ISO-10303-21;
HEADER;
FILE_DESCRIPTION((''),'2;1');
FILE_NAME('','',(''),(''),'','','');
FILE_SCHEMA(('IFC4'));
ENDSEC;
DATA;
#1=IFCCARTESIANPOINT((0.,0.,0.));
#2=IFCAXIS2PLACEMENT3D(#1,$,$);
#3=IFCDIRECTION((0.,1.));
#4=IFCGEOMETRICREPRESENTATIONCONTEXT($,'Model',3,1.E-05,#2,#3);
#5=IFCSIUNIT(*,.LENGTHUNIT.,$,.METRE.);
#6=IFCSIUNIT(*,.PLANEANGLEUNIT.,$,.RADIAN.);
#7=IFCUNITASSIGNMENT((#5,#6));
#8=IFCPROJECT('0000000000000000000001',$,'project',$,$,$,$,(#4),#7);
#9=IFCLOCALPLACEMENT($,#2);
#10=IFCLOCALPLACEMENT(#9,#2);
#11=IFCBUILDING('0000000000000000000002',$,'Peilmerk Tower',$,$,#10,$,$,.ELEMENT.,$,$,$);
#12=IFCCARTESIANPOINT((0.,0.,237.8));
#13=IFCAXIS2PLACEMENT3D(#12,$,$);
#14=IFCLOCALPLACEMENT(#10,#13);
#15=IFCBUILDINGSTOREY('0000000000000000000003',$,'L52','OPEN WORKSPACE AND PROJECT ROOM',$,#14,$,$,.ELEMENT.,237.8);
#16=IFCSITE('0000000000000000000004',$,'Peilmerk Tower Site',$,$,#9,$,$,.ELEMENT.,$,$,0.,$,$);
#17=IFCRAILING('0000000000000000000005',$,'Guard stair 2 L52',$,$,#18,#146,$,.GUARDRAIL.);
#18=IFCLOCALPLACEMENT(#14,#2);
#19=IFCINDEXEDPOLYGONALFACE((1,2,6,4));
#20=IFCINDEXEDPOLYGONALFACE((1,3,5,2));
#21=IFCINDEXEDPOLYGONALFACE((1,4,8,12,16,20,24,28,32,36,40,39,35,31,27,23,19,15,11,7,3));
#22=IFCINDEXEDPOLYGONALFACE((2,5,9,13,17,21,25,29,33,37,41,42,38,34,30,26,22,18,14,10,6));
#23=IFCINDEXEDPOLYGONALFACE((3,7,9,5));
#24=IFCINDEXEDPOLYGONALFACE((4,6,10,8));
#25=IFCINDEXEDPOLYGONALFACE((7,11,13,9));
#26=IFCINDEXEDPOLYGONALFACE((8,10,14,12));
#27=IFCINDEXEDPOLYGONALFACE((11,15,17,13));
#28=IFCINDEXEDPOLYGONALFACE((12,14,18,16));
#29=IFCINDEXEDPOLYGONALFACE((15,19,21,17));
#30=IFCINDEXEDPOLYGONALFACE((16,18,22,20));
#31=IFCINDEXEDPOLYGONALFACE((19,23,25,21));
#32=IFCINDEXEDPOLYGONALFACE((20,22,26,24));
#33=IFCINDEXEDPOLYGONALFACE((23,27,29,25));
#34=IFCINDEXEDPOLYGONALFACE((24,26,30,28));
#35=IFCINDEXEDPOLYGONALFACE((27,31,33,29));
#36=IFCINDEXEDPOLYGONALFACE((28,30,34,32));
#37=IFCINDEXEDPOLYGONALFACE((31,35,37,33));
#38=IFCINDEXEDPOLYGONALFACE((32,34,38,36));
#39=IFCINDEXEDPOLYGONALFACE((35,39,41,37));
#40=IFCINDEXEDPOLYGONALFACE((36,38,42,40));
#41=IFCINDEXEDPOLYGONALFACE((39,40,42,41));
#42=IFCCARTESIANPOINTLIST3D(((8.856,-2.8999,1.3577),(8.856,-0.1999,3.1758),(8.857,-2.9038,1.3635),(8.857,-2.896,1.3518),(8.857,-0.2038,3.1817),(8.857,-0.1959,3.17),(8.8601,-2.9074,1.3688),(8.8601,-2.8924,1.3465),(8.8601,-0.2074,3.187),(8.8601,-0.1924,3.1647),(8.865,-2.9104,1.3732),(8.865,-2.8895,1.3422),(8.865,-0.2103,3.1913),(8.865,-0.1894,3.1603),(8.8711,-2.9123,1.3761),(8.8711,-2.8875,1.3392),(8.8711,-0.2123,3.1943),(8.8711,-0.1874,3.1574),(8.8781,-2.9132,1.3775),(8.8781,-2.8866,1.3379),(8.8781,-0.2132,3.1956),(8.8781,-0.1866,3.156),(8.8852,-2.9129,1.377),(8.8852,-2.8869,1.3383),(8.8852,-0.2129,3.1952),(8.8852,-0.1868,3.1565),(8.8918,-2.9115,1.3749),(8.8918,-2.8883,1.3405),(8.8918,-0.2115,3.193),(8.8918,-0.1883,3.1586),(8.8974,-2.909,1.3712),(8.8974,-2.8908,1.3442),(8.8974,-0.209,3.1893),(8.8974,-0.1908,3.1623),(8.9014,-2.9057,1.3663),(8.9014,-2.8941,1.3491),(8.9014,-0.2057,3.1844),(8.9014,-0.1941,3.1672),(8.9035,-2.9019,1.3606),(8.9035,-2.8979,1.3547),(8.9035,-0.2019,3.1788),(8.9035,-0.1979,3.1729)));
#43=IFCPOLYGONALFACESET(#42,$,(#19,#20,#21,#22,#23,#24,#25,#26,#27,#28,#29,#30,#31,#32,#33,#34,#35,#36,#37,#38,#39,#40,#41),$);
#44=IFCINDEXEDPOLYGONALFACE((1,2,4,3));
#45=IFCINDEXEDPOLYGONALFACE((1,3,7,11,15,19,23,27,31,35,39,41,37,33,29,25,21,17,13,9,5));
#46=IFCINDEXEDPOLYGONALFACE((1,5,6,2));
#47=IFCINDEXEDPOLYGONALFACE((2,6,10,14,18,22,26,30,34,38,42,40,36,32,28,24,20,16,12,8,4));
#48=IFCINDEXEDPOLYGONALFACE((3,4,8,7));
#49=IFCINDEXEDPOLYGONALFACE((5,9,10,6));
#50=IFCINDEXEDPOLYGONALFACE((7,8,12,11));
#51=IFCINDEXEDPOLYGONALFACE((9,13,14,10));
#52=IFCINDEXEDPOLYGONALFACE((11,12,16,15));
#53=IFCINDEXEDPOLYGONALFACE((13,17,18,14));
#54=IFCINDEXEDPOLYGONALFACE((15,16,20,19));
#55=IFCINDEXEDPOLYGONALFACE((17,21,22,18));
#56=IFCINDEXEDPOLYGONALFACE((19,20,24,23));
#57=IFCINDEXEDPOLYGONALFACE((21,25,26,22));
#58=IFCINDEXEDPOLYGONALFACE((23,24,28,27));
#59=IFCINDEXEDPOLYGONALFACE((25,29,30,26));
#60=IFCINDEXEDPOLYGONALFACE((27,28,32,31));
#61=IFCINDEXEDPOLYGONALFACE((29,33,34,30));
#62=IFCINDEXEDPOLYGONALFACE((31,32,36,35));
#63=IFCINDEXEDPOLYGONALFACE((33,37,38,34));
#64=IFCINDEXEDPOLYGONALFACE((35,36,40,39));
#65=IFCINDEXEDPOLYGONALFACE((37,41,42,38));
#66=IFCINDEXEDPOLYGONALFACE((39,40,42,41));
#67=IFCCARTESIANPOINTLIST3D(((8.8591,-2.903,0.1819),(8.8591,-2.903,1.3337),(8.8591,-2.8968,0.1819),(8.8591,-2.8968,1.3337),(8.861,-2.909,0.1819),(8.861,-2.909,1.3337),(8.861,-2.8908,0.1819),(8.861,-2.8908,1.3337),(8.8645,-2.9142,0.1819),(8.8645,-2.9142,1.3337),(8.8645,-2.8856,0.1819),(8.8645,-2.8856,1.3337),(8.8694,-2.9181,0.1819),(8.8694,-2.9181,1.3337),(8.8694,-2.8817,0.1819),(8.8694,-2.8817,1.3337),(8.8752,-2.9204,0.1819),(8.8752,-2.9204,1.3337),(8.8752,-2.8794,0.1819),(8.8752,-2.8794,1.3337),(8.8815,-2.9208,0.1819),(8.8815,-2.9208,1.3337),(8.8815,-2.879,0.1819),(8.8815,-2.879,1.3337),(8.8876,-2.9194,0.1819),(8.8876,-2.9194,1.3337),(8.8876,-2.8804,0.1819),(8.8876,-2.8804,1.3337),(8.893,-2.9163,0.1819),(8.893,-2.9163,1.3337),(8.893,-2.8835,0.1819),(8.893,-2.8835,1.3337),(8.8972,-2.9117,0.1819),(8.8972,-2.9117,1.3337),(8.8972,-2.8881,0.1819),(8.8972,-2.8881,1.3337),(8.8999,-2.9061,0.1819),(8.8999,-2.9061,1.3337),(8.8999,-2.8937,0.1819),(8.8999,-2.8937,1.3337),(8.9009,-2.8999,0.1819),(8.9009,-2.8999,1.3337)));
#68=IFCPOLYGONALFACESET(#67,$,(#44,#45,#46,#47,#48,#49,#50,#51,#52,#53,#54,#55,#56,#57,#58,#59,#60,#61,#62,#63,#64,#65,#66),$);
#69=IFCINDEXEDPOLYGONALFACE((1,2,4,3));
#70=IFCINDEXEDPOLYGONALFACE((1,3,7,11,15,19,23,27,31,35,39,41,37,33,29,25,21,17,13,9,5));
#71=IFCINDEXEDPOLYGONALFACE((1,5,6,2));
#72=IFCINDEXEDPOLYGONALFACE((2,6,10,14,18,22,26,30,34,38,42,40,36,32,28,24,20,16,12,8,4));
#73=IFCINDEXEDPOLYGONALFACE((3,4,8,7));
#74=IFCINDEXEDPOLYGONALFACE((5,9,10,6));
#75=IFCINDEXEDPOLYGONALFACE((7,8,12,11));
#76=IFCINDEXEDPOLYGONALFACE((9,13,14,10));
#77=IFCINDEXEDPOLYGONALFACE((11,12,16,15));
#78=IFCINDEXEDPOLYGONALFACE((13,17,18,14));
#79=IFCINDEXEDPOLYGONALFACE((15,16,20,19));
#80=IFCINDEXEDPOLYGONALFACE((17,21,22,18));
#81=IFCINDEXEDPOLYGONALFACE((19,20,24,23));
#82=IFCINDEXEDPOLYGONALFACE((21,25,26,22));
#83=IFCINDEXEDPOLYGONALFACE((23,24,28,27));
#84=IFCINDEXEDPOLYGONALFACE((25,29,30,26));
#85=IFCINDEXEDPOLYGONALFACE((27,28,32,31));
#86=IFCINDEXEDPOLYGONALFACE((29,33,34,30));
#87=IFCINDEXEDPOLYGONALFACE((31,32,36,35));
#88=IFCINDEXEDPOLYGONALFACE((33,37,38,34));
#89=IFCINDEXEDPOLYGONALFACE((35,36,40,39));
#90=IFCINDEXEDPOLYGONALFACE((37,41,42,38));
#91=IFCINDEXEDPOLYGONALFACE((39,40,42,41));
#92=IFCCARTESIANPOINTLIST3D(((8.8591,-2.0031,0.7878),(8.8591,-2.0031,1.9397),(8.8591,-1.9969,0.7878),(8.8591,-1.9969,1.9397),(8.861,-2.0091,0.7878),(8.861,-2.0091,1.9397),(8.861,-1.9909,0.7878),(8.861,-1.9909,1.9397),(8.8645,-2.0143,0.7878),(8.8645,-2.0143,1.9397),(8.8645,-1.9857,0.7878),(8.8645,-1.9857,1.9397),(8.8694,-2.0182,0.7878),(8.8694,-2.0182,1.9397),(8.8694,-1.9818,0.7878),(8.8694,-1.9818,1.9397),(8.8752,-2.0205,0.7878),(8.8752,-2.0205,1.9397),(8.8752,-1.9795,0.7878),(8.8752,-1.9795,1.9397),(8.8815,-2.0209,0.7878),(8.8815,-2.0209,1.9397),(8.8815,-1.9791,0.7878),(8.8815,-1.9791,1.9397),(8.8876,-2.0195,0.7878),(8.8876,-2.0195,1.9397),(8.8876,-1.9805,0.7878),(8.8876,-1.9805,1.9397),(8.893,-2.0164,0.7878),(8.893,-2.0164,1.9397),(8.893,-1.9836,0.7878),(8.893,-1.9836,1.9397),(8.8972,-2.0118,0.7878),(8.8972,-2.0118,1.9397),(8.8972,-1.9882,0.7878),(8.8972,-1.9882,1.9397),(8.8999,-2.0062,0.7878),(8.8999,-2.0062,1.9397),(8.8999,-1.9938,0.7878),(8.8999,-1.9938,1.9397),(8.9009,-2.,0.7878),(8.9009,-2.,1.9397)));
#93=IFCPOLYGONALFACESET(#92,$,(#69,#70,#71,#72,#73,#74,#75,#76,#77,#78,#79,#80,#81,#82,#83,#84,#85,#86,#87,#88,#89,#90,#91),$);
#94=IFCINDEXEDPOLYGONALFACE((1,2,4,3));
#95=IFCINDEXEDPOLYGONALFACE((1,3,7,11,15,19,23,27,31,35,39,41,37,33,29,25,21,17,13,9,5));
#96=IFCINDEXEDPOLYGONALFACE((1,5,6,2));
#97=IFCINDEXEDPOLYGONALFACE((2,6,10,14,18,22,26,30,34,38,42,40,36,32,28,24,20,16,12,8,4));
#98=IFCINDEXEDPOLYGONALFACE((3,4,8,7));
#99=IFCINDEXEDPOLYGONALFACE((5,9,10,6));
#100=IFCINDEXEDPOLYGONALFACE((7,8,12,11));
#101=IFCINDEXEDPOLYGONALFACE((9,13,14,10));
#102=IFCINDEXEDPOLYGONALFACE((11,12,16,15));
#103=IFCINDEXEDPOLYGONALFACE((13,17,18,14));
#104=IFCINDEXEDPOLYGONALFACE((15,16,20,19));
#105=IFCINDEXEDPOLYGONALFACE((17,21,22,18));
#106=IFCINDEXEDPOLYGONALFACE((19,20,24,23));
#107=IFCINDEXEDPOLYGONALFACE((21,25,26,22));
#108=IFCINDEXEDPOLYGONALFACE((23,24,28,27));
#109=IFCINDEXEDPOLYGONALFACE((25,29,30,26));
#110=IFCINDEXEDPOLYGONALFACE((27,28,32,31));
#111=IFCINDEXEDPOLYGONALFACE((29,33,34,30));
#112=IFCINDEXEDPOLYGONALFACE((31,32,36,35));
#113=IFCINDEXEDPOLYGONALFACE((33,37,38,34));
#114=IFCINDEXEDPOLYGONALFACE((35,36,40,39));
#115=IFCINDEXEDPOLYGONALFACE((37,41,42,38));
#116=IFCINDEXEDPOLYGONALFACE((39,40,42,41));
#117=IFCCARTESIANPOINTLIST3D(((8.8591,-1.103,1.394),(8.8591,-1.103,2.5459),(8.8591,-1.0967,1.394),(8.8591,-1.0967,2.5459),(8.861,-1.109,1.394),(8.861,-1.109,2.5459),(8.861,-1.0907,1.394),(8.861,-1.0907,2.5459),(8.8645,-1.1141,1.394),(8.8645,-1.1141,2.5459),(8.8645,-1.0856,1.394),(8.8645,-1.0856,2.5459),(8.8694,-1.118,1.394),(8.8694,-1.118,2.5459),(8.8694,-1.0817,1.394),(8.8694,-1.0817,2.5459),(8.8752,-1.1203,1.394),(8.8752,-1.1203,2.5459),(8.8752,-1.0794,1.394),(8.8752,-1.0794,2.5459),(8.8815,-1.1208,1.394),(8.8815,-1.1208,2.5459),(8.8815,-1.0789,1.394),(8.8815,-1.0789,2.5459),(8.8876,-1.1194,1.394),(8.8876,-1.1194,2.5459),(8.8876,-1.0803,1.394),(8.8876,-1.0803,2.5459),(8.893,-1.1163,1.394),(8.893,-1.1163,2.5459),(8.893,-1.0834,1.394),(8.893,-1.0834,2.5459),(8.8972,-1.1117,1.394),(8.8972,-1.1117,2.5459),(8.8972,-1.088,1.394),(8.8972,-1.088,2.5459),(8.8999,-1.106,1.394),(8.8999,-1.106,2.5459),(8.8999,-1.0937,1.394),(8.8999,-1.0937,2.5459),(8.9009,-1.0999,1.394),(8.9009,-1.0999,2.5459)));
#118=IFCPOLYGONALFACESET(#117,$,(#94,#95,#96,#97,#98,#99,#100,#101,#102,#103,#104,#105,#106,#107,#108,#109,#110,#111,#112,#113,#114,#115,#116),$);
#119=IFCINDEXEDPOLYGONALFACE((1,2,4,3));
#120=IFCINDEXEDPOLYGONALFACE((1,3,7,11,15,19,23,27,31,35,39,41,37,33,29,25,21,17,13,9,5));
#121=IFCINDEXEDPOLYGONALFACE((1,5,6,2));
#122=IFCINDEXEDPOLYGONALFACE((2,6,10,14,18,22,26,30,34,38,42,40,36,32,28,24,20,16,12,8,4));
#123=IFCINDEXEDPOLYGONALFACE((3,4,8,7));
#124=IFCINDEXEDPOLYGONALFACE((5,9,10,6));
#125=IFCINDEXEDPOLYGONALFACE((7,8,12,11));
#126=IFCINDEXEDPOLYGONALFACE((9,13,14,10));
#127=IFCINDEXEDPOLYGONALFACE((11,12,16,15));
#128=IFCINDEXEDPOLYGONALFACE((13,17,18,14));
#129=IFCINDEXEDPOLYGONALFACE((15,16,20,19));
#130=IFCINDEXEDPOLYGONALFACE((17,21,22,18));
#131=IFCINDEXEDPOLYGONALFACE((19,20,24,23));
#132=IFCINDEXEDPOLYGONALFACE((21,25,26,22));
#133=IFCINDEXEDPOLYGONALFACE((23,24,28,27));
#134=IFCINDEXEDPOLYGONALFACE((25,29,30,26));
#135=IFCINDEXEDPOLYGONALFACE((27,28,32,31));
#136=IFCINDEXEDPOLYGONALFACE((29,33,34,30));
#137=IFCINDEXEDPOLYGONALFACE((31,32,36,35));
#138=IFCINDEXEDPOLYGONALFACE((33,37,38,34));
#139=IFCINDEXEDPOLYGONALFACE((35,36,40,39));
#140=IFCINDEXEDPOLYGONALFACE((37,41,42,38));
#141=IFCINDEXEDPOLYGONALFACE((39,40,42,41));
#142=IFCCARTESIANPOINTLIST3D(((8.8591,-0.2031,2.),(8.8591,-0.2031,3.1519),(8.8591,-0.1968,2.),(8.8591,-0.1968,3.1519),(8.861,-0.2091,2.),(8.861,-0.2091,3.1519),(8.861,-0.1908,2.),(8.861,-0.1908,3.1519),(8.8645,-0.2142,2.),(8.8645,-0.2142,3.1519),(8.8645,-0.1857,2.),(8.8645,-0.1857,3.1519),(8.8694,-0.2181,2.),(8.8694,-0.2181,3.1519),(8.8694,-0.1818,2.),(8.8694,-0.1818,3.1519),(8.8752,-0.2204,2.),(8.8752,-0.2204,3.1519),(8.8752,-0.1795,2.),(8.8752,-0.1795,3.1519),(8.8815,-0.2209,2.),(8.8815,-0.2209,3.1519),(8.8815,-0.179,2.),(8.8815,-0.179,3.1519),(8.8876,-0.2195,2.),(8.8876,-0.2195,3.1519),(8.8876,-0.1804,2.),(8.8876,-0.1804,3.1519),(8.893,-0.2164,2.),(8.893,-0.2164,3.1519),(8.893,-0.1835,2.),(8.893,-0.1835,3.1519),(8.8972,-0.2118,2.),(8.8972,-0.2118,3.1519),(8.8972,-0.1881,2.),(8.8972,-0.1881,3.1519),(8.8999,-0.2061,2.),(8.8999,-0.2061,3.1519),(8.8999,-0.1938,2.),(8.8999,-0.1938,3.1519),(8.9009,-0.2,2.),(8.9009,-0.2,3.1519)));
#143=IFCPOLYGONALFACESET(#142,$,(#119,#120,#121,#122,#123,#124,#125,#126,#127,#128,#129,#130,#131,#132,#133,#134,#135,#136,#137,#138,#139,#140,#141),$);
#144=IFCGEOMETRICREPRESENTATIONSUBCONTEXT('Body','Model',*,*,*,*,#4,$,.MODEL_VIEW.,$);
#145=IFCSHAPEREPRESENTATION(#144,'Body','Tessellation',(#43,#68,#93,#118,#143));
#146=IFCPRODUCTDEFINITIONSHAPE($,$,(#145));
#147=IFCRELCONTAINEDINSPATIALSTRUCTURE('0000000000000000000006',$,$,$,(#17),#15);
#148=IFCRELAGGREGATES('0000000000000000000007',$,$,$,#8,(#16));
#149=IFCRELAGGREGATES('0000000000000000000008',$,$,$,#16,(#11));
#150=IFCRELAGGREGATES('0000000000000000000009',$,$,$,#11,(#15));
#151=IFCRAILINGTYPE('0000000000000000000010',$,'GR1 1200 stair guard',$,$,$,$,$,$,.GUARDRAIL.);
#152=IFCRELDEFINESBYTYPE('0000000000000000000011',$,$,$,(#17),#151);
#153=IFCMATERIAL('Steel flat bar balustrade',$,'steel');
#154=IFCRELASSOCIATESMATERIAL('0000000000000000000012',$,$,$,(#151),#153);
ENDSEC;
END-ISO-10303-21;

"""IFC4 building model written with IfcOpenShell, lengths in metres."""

from ifc_helpers import new_model, si_unit, direction, frame, origin, origin_2d, place, context, subcontext, project, spatial, circle, extrude, material, type_object, element, save


model = new_model("IFC4")

# Units and contexts
model_context = context("Model", 3, precision=1e-05, world=origin(), true_north=direction((0.0, 1.0)))
body_context = subcontext(model_context, "Body", "Model", "MODEL_VIEW")
ifc_project = project(units=[si_unit("LENGTHUNIT", "METRE"), si_unit("PLANEANGLEUNIT", "RADIAN")], contexts=[model_context])

# Site, building, storey
site_placement = place(None, origin())
site = spatial("IfcSite", under=ifc_project, at=site_placement, Name="Peilmerk Tower Site", CompositionType="ELEMENT", RefElevation=0.0)
building_placement = place(site_placement, origin())
building = spatial("IfcBuilding", under=site, at=building_placement, Name="Peilmerk Tower", CompositionType="ELEMENT")
storey_placement = place(building_placement, frame((0.0, 0.0, 237.8)))
storey = spatial("IfcBuildingStorey", under=building, at=storey_placement, Name="L52", Description="OPEN WORKSPACE AND PROJECT ROOM", CompositionType="ELEMENT", Elevation=237.8)

# Railing
ifc_material_1 = material(Name="Steel flat bar balustrade", Category="steel")
railing_type_1 = type_object("IfcRailingType", Name="GR1 1200 stair guard", PredefinedType="GUARDRAIL", material=ifc_material_1)
railing_1_placement = place(storey_placement, frame((8.8799, -2.8999, 0.1819)))
element("IfcRailing", 1, at=railing_1_placement, inside=storey, type_object=railing_type_1, Name="Guard stair 2 L52", PredefinedType="GUARDRAIL", context=body_context, shape_type="SweptSolid", body=[
    extrude(circle(Radius=0.0239, at=origin_2d()), frame((0.0, 0.0, 1.1758), z_axis=(0.0, 0.829468, 0.558554), x_axis=(-1.0, 0.0, 0.0)), (0.0, 0.0, 1.0), 3.2551),
    extrude(circle(Radius=0.021, at=origin_2d()), origin(), (0.0, 0.0, 1.0), 1.1519),
    extrude(circle(Radius=0.021, at=origin_2d()), frame((0.0, 0.8999, 0.606)), (0.0, 0.0, 1.0), 1.1519),
    extrude(circle(Radius=0.021, at=origin_2d()), frame((0.0, 1.8, 1.2122)), (0.0, 0.0, 1.0), 1.1519),
    extrude(circle(Radius=0.021, at=origin_2d()), frame((0.0, 2.7, 1.8181)), (0.0, 0.0, 1.0), 1.1519),
])

save(model, "model.ifc")
